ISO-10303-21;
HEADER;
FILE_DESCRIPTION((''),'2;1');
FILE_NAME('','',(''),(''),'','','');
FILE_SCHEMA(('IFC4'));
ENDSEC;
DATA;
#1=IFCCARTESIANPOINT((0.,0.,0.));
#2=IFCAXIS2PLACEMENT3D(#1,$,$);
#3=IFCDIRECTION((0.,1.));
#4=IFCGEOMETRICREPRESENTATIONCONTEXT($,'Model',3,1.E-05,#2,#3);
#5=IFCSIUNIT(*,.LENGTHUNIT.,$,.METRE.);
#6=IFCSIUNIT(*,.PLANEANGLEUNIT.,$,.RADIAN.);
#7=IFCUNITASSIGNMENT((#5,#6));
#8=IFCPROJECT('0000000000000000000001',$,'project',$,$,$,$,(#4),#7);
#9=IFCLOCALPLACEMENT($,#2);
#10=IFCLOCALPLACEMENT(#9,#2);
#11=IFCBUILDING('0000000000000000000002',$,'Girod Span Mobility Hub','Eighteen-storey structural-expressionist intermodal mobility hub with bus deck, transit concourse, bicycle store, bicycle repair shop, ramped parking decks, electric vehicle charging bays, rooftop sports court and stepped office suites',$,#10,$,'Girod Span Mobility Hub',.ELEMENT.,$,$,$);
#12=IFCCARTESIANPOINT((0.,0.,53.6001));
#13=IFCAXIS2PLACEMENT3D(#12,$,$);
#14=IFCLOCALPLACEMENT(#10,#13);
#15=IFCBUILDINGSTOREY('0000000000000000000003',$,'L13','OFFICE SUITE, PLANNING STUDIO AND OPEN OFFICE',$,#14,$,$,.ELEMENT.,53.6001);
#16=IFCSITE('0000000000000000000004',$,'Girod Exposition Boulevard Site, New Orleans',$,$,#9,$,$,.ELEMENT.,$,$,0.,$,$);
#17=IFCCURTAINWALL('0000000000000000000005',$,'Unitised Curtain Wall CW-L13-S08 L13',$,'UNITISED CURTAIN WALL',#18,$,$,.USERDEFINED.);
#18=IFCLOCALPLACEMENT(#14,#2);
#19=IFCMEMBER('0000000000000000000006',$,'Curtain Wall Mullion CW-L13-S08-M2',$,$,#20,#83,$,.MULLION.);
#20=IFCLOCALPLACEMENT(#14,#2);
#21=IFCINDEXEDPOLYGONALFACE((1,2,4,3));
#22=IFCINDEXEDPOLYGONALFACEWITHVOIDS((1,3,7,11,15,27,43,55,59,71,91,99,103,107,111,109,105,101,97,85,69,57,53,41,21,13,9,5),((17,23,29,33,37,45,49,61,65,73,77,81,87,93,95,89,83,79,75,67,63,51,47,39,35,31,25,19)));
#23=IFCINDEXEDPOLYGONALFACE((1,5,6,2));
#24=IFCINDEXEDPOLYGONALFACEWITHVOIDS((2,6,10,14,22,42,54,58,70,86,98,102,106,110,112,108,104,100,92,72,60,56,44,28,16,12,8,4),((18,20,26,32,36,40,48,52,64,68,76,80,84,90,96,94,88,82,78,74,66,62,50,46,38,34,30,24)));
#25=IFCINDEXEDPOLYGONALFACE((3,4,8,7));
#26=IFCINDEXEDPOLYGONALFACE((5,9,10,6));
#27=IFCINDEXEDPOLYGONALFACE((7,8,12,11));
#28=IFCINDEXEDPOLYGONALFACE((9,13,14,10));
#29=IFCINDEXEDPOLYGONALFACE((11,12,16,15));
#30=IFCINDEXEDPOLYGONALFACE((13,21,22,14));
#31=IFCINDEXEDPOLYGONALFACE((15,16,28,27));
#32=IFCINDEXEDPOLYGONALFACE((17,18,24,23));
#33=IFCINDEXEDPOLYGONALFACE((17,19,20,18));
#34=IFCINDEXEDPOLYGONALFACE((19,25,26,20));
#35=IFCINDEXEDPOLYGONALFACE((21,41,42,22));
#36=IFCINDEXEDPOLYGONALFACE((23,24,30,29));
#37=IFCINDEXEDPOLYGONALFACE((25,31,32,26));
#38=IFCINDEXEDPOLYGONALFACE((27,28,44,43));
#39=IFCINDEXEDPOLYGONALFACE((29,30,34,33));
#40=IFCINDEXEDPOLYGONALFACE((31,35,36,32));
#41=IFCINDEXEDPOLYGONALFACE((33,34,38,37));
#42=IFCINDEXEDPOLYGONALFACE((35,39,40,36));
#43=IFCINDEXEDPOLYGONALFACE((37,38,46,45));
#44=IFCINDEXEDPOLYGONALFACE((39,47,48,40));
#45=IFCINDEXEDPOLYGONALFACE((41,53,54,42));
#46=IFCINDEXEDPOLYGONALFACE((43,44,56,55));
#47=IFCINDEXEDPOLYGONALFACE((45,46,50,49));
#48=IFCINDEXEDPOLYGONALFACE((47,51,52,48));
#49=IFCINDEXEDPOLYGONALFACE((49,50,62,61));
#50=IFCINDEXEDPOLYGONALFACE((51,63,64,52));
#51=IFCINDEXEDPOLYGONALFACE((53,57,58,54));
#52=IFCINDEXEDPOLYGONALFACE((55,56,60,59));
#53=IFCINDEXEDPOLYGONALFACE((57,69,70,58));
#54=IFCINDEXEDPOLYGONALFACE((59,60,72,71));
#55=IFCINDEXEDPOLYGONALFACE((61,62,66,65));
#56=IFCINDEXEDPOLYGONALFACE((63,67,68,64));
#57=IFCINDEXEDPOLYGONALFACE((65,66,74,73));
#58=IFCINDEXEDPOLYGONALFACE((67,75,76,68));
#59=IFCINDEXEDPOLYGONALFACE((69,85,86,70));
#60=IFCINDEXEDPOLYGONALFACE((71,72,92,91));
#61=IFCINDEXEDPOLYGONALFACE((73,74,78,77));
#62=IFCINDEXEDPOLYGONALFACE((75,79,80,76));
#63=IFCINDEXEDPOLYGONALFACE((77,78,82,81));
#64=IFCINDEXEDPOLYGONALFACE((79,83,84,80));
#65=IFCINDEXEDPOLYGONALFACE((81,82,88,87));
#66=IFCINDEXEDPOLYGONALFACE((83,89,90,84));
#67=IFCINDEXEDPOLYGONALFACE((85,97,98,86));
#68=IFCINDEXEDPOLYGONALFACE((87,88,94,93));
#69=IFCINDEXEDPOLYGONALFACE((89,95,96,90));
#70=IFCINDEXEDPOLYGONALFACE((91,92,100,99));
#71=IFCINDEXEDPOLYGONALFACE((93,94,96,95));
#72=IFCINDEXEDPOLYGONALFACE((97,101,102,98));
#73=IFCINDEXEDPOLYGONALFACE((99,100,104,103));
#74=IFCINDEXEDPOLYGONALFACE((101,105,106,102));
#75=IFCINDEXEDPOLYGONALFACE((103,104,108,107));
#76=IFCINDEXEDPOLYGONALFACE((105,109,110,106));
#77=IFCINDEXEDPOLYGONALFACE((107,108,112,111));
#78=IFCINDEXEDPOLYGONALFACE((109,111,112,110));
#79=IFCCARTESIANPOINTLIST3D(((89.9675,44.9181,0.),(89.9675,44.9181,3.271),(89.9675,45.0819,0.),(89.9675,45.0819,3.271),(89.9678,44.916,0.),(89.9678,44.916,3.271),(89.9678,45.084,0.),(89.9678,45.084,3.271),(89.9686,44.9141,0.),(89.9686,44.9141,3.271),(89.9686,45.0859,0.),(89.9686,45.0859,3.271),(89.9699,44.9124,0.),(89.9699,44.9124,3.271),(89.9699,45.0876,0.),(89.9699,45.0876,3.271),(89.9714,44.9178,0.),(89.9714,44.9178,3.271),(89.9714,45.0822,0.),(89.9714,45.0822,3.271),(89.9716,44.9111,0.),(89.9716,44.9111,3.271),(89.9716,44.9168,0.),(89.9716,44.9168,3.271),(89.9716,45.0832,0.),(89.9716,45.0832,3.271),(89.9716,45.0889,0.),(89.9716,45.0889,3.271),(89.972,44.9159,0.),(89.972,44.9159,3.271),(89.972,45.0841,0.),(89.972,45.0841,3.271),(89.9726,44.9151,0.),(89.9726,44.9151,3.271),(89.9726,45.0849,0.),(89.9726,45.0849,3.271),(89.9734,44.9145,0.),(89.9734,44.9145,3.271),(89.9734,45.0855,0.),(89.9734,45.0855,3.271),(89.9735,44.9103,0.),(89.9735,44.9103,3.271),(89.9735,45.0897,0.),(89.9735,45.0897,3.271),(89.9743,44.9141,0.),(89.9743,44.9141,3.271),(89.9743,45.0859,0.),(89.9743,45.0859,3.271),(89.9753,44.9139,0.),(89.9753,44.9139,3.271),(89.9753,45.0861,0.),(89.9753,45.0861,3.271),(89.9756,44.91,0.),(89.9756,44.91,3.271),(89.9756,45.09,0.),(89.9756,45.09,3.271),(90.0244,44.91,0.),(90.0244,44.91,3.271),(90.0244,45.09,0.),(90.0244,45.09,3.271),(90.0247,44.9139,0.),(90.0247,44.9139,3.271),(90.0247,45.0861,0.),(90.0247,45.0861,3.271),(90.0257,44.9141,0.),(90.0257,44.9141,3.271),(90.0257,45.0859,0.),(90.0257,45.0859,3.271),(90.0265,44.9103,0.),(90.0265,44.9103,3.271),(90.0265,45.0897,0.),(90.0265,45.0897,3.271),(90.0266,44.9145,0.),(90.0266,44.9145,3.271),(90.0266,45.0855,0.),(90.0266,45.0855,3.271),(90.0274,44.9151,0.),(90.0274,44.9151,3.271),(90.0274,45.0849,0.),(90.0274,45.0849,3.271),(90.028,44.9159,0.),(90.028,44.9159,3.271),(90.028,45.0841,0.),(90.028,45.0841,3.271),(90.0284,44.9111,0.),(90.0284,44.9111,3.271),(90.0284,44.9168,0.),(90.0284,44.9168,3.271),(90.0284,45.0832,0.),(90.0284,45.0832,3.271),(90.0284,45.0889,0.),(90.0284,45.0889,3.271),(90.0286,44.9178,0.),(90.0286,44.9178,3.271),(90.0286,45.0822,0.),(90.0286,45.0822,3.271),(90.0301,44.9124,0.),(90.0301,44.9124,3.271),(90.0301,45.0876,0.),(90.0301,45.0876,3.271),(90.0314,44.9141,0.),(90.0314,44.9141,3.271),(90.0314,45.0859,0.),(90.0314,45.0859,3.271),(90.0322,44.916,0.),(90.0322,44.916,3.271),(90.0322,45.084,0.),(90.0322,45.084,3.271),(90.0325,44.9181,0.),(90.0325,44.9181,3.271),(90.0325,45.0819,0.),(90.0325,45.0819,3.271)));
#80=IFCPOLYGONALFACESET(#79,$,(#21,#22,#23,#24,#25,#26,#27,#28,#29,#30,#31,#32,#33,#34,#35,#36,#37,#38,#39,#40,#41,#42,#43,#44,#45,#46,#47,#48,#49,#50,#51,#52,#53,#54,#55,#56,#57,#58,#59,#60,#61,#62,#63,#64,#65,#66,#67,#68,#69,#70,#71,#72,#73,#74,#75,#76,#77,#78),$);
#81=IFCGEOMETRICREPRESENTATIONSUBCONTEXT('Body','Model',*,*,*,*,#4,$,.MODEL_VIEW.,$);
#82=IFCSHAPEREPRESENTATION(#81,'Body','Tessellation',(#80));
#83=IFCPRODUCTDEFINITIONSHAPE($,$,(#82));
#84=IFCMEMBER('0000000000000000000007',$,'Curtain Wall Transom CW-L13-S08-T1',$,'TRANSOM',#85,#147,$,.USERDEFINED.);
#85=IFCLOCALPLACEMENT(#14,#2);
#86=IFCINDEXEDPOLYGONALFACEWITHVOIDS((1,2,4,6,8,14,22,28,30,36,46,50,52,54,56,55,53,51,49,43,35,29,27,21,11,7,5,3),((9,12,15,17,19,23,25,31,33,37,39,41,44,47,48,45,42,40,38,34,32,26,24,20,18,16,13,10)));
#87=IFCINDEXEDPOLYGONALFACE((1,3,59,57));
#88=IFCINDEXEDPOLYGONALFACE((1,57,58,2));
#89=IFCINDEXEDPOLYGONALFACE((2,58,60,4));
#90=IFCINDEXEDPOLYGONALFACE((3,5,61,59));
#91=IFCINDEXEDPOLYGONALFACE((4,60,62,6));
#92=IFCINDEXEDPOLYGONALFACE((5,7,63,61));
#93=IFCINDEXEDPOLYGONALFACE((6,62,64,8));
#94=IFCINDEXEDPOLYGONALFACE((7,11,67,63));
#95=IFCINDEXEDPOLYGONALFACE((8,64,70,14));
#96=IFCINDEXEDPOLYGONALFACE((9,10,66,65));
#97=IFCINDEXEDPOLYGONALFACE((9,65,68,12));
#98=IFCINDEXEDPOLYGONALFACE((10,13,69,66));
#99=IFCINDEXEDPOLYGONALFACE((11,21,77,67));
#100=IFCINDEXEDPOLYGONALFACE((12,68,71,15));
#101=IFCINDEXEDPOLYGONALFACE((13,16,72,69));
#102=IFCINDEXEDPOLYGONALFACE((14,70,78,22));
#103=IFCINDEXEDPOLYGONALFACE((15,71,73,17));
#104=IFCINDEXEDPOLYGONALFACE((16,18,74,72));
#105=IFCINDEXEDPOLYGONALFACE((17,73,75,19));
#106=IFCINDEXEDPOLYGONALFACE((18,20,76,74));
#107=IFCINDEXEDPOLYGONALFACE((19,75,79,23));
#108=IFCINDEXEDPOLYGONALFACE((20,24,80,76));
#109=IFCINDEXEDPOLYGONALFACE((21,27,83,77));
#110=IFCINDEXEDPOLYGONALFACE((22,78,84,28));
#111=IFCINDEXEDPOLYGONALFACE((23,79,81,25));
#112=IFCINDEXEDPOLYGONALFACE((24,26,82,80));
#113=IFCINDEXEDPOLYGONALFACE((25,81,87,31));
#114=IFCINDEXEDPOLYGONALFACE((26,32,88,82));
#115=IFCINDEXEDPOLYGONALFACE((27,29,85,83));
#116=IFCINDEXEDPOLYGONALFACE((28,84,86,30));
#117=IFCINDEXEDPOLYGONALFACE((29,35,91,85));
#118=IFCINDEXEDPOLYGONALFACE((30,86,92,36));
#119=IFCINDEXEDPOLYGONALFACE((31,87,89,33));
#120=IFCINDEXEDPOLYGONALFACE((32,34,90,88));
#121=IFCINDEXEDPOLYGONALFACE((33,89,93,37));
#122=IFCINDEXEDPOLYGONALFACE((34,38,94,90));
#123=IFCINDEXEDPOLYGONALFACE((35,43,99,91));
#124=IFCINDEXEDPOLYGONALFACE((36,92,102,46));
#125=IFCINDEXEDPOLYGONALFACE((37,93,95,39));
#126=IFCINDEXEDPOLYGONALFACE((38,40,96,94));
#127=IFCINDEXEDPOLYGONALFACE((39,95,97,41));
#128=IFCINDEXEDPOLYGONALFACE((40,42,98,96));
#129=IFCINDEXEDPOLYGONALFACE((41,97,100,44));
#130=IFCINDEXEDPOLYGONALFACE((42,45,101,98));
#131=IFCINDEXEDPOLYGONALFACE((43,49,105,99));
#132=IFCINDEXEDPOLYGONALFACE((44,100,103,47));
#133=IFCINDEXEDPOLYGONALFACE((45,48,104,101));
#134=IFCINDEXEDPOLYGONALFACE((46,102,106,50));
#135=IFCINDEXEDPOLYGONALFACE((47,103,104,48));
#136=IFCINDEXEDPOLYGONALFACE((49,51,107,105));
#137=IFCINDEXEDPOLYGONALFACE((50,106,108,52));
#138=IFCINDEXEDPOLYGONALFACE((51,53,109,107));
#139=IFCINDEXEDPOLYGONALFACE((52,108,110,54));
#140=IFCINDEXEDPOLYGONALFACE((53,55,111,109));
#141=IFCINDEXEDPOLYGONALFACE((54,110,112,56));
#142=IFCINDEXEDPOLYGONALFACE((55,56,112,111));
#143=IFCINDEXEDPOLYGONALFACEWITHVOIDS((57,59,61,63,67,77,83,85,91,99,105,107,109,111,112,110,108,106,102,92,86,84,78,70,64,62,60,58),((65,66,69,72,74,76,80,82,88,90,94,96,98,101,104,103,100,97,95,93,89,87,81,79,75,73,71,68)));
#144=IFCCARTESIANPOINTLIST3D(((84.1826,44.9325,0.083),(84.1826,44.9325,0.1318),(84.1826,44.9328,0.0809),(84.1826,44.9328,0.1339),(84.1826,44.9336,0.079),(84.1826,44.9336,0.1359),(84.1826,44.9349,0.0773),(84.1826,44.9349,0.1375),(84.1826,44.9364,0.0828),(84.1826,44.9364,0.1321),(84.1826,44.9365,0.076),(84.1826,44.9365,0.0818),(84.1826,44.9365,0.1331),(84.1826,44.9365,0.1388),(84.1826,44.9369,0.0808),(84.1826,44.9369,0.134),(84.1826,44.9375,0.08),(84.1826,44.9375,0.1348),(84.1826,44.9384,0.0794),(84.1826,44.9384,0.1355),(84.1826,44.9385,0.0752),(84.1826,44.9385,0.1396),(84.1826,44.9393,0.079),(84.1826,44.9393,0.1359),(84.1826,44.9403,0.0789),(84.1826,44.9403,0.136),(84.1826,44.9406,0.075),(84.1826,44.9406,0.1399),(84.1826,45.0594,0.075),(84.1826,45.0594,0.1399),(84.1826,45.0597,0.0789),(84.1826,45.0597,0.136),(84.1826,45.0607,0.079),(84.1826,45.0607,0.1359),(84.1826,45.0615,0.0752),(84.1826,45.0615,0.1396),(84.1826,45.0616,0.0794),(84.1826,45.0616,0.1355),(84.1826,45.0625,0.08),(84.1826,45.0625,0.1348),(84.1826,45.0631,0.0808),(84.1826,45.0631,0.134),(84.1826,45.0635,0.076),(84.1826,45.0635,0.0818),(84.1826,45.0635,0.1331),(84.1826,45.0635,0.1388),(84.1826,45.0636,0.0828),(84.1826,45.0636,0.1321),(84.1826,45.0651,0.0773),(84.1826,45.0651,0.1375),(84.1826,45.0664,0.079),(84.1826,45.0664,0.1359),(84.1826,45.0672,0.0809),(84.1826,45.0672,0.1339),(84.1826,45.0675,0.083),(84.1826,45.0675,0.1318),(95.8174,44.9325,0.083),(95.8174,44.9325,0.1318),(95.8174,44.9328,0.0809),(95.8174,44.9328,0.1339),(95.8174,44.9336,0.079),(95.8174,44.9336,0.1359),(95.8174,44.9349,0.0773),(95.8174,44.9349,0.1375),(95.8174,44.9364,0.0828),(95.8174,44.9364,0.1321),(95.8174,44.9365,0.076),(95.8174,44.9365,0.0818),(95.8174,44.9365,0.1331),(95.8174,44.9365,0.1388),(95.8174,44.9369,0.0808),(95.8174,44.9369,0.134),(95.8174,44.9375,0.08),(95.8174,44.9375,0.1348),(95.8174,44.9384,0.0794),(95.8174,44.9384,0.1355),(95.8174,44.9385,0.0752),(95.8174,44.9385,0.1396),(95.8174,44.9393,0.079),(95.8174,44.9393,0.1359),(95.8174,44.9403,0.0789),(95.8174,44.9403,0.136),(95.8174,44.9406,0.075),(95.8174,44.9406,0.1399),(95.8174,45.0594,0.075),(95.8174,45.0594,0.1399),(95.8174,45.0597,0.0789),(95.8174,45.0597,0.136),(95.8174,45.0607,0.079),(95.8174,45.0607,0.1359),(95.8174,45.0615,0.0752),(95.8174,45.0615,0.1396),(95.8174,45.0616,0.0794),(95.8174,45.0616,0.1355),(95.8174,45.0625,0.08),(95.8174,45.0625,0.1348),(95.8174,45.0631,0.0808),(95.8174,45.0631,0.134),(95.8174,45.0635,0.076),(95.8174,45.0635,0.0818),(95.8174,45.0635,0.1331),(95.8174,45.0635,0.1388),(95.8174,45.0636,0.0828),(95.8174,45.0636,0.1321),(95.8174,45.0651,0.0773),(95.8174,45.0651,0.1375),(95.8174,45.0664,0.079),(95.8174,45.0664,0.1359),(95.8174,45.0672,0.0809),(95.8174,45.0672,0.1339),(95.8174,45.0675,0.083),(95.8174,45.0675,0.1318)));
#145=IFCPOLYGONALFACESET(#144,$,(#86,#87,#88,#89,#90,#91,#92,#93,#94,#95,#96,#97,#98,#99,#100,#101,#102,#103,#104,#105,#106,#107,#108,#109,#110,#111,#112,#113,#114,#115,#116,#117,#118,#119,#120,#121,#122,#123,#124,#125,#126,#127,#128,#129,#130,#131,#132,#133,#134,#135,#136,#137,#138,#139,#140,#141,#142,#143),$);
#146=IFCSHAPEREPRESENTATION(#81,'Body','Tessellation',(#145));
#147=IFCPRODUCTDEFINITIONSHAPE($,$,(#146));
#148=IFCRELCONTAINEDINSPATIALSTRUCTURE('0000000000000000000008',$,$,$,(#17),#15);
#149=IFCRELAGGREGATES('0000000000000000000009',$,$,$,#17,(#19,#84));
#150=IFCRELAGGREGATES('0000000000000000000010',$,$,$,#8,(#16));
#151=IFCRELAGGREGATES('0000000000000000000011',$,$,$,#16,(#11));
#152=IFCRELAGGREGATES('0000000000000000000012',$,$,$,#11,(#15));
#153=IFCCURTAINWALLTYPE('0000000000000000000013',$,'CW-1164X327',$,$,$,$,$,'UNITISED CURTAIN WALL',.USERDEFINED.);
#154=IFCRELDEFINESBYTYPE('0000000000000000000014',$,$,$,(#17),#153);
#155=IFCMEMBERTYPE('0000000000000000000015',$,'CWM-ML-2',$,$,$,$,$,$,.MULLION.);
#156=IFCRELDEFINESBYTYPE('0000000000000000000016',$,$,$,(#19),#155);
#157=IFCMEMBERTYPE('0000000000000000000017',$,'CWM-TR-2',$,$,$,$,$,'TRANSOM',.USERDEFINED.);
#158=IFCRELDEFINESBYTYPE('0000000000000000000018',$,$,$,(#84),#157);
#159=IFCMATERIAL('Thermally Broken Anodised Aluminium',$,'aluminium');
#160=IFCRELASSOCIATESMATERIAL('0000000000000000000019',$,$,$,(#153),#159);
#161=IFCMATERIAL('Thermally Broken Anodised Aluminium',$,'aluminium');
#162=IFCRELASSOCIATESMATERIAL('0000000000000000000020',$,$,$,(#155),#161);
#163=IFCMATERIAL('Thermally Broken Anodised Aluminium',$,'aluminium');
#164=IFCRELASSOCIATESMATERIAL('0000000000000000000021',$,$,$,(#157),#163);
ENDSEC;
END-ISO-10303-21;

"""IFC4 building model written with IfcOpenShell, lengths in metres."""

from ifc_helpers import new_model, si_unit, direction, frame, origin, origin_2d, place, context, subcontext, project, spatial, hollow_rectangle, extrude, material, material_profile, profile_set, type_object, element, aggregate, save


model = new_model("IFC4")

# Units and contexts
model_context = context("Model", 3, precision=1e-05, world=origin(), true_north=direction((0.0, 1.0)))
body_context = subcontext(model_context, "Body", "Model", "MODEL_VIEW")
ifc_project = project(units=[si_unit("LENGTHUNIT", "METRE"), si_unit("PLANEANGLEUNIT", "RADIAN")], contexts=[model_context])

# Site, building, storey
site_placement = place(None, origin())
site = spatial("IfcSite", under=ifc_project, at=site_placement, Name="Girod Exposition Boulevard Site, New Orleans", CompositionType="ELEMENT", RefElevation=0.0)
building_placement = place(site_placement, origin())
building = spatial("IfcBuilding", under=site, at=building_placement, Name="Girod Span Mobility Hub", Description="Eighteen-storey structural-expressionist intermodal mobility hub with bus deck, transit concourse, bicycle store, bicycle repair shop, ramped parking decks, electric vehicle charging bays, rooftop sports court and stepped office suites", LongName="Girod Span Mobility Hub", CompositionType="ELEMENT")
storey_placement = place(building_placement, frame((0.0, 0.0, 53.6001)))
storey = spatial("IfcBuildingStorey", under=building, at=storey_placement, Name="L13", Description="OFFICE SUITE, PLANNING STUDIO AND OPEN OFFICE", CompositionType="ELEMENT", Elevation=53.6001)

# Curtain wall, members
ifc_material_1 = material(Name="Thermally Broken Anodised Aluminium", Category="aluminium")
curtain_wall_type = type_object("IfcCurtainWallType", Name="CW-1164X327", ElementType="UNITISED CURTAIN WALL", PredefinedType="USERDEFINED", material=ifc_material_1)
ifc_material_2 = material(Name="Thermally Broken Anodised Aluminium", Category="aluminium")
ifc_material_profile_1 = material_profile(ifc_material_2, hollow_rectangle(XDim=0.1799, YDim=0.0649, WallThickness=0.0039, InnerFilletRadius=0.0039, OuterFilletRadius=0.0081, at=origin_2d()), Name="CW-ML-65X180")
ifc_profile_set_1 = profile_set([ifc_material_profile_1], Name="Thermally Broken Anodised Aluminium")
member_type_1 = type_object("IfcMemberType", Name="CWM-ML-2", PredefinedType="MULLION", material=ifc_profile_set_1)
curtain_wall_1_placement = place(storey_placement, origin())
curtain_wall_1 = element("IfcCurtainWall", 1, at=curtain_wall_1_placement, inside=storey, type_object=curtain_wall_type, Name="Unitised Curtain Wall CW-L13-S08 L13", ObjectType="UNITISED CURTAIN WALL", PredefinedType="USERDEFINED")
member_1_placement = place(storey_placement, frame((90.0, 45.0, 0.0), z_axis=(0.0, 0.0, 1.0), x_axis=(0.0, 1.0, 0.0)))
member_1 = element("IfcMember", 2, at=member_1_placement, type_object=member_type_1, Name="Curtain Wall Mullion CW-L13-S08-M2", PredefinedType="MULLION", context=body_context, shape_type="SweptSolid", body=[
    extrude(hollow_rectangle(XDim=0.1799, YDim=0.0649, WallThickness=0.0039, InnerFilletRadius=0.0039, OuterFilletRadius=0.0081, at=origin_2d()), origin(), (0.0, 0.0, 1.0), 3.271),
])
ifc_material_3 = material(Name="Thermally Broken Anodised Aluminium", Category="aluminium")
ifc_material_profile_2 = material_profile(ifc_material_3, hollow_rectangle(XDim=0.135, YDim=0.0649, WallThickness=0.0039, InnerFilletRadius=0.0039, OuterFilletRadius=0.0081, at=origin_2d()), Name="CW-TR-65X135")
ifc_profile_set_2 = profile_set([ifc_material_profile_2], Name="Thermally Broken Anodised Aluminium")
member_type_2 = type_object("IfcMemberType", Name="CWM-TR-2", ElementType="TRANSOM", PredefinedType="USERDEFINED", material=ifc_profile_set_2)
member_2_placement = place(storey_placement, frame((84.1826, 45.0, 0.1074), z_axis=(1.0, 0.0, 0.0), x_axis=(0.0, 1.0, 0.0)))
member_2 = element("IfcMember", 3, at=member_2_placement, type_object=member_type_2, Name="Curtain Wall Transom CW-L13-S08-T1", ObjectType="TRANSOM", PredefinedType="USERDEFINED", context=body_context, shape_type="SweptSolid", body=[
    extrude(hollow_rectangle(XDim=0.135, YDim=0.0649, WallThickness=0.0039, InnerFilletRadius=0.0039, OuterFilletRadius=0.0081, at=origin_2d()), origin(), (0.0, 0.0, 1.0), 11.6348),
])

aggregate(curtain_wall_1, [member_1, member_2])

save(model, "model.ifc")
